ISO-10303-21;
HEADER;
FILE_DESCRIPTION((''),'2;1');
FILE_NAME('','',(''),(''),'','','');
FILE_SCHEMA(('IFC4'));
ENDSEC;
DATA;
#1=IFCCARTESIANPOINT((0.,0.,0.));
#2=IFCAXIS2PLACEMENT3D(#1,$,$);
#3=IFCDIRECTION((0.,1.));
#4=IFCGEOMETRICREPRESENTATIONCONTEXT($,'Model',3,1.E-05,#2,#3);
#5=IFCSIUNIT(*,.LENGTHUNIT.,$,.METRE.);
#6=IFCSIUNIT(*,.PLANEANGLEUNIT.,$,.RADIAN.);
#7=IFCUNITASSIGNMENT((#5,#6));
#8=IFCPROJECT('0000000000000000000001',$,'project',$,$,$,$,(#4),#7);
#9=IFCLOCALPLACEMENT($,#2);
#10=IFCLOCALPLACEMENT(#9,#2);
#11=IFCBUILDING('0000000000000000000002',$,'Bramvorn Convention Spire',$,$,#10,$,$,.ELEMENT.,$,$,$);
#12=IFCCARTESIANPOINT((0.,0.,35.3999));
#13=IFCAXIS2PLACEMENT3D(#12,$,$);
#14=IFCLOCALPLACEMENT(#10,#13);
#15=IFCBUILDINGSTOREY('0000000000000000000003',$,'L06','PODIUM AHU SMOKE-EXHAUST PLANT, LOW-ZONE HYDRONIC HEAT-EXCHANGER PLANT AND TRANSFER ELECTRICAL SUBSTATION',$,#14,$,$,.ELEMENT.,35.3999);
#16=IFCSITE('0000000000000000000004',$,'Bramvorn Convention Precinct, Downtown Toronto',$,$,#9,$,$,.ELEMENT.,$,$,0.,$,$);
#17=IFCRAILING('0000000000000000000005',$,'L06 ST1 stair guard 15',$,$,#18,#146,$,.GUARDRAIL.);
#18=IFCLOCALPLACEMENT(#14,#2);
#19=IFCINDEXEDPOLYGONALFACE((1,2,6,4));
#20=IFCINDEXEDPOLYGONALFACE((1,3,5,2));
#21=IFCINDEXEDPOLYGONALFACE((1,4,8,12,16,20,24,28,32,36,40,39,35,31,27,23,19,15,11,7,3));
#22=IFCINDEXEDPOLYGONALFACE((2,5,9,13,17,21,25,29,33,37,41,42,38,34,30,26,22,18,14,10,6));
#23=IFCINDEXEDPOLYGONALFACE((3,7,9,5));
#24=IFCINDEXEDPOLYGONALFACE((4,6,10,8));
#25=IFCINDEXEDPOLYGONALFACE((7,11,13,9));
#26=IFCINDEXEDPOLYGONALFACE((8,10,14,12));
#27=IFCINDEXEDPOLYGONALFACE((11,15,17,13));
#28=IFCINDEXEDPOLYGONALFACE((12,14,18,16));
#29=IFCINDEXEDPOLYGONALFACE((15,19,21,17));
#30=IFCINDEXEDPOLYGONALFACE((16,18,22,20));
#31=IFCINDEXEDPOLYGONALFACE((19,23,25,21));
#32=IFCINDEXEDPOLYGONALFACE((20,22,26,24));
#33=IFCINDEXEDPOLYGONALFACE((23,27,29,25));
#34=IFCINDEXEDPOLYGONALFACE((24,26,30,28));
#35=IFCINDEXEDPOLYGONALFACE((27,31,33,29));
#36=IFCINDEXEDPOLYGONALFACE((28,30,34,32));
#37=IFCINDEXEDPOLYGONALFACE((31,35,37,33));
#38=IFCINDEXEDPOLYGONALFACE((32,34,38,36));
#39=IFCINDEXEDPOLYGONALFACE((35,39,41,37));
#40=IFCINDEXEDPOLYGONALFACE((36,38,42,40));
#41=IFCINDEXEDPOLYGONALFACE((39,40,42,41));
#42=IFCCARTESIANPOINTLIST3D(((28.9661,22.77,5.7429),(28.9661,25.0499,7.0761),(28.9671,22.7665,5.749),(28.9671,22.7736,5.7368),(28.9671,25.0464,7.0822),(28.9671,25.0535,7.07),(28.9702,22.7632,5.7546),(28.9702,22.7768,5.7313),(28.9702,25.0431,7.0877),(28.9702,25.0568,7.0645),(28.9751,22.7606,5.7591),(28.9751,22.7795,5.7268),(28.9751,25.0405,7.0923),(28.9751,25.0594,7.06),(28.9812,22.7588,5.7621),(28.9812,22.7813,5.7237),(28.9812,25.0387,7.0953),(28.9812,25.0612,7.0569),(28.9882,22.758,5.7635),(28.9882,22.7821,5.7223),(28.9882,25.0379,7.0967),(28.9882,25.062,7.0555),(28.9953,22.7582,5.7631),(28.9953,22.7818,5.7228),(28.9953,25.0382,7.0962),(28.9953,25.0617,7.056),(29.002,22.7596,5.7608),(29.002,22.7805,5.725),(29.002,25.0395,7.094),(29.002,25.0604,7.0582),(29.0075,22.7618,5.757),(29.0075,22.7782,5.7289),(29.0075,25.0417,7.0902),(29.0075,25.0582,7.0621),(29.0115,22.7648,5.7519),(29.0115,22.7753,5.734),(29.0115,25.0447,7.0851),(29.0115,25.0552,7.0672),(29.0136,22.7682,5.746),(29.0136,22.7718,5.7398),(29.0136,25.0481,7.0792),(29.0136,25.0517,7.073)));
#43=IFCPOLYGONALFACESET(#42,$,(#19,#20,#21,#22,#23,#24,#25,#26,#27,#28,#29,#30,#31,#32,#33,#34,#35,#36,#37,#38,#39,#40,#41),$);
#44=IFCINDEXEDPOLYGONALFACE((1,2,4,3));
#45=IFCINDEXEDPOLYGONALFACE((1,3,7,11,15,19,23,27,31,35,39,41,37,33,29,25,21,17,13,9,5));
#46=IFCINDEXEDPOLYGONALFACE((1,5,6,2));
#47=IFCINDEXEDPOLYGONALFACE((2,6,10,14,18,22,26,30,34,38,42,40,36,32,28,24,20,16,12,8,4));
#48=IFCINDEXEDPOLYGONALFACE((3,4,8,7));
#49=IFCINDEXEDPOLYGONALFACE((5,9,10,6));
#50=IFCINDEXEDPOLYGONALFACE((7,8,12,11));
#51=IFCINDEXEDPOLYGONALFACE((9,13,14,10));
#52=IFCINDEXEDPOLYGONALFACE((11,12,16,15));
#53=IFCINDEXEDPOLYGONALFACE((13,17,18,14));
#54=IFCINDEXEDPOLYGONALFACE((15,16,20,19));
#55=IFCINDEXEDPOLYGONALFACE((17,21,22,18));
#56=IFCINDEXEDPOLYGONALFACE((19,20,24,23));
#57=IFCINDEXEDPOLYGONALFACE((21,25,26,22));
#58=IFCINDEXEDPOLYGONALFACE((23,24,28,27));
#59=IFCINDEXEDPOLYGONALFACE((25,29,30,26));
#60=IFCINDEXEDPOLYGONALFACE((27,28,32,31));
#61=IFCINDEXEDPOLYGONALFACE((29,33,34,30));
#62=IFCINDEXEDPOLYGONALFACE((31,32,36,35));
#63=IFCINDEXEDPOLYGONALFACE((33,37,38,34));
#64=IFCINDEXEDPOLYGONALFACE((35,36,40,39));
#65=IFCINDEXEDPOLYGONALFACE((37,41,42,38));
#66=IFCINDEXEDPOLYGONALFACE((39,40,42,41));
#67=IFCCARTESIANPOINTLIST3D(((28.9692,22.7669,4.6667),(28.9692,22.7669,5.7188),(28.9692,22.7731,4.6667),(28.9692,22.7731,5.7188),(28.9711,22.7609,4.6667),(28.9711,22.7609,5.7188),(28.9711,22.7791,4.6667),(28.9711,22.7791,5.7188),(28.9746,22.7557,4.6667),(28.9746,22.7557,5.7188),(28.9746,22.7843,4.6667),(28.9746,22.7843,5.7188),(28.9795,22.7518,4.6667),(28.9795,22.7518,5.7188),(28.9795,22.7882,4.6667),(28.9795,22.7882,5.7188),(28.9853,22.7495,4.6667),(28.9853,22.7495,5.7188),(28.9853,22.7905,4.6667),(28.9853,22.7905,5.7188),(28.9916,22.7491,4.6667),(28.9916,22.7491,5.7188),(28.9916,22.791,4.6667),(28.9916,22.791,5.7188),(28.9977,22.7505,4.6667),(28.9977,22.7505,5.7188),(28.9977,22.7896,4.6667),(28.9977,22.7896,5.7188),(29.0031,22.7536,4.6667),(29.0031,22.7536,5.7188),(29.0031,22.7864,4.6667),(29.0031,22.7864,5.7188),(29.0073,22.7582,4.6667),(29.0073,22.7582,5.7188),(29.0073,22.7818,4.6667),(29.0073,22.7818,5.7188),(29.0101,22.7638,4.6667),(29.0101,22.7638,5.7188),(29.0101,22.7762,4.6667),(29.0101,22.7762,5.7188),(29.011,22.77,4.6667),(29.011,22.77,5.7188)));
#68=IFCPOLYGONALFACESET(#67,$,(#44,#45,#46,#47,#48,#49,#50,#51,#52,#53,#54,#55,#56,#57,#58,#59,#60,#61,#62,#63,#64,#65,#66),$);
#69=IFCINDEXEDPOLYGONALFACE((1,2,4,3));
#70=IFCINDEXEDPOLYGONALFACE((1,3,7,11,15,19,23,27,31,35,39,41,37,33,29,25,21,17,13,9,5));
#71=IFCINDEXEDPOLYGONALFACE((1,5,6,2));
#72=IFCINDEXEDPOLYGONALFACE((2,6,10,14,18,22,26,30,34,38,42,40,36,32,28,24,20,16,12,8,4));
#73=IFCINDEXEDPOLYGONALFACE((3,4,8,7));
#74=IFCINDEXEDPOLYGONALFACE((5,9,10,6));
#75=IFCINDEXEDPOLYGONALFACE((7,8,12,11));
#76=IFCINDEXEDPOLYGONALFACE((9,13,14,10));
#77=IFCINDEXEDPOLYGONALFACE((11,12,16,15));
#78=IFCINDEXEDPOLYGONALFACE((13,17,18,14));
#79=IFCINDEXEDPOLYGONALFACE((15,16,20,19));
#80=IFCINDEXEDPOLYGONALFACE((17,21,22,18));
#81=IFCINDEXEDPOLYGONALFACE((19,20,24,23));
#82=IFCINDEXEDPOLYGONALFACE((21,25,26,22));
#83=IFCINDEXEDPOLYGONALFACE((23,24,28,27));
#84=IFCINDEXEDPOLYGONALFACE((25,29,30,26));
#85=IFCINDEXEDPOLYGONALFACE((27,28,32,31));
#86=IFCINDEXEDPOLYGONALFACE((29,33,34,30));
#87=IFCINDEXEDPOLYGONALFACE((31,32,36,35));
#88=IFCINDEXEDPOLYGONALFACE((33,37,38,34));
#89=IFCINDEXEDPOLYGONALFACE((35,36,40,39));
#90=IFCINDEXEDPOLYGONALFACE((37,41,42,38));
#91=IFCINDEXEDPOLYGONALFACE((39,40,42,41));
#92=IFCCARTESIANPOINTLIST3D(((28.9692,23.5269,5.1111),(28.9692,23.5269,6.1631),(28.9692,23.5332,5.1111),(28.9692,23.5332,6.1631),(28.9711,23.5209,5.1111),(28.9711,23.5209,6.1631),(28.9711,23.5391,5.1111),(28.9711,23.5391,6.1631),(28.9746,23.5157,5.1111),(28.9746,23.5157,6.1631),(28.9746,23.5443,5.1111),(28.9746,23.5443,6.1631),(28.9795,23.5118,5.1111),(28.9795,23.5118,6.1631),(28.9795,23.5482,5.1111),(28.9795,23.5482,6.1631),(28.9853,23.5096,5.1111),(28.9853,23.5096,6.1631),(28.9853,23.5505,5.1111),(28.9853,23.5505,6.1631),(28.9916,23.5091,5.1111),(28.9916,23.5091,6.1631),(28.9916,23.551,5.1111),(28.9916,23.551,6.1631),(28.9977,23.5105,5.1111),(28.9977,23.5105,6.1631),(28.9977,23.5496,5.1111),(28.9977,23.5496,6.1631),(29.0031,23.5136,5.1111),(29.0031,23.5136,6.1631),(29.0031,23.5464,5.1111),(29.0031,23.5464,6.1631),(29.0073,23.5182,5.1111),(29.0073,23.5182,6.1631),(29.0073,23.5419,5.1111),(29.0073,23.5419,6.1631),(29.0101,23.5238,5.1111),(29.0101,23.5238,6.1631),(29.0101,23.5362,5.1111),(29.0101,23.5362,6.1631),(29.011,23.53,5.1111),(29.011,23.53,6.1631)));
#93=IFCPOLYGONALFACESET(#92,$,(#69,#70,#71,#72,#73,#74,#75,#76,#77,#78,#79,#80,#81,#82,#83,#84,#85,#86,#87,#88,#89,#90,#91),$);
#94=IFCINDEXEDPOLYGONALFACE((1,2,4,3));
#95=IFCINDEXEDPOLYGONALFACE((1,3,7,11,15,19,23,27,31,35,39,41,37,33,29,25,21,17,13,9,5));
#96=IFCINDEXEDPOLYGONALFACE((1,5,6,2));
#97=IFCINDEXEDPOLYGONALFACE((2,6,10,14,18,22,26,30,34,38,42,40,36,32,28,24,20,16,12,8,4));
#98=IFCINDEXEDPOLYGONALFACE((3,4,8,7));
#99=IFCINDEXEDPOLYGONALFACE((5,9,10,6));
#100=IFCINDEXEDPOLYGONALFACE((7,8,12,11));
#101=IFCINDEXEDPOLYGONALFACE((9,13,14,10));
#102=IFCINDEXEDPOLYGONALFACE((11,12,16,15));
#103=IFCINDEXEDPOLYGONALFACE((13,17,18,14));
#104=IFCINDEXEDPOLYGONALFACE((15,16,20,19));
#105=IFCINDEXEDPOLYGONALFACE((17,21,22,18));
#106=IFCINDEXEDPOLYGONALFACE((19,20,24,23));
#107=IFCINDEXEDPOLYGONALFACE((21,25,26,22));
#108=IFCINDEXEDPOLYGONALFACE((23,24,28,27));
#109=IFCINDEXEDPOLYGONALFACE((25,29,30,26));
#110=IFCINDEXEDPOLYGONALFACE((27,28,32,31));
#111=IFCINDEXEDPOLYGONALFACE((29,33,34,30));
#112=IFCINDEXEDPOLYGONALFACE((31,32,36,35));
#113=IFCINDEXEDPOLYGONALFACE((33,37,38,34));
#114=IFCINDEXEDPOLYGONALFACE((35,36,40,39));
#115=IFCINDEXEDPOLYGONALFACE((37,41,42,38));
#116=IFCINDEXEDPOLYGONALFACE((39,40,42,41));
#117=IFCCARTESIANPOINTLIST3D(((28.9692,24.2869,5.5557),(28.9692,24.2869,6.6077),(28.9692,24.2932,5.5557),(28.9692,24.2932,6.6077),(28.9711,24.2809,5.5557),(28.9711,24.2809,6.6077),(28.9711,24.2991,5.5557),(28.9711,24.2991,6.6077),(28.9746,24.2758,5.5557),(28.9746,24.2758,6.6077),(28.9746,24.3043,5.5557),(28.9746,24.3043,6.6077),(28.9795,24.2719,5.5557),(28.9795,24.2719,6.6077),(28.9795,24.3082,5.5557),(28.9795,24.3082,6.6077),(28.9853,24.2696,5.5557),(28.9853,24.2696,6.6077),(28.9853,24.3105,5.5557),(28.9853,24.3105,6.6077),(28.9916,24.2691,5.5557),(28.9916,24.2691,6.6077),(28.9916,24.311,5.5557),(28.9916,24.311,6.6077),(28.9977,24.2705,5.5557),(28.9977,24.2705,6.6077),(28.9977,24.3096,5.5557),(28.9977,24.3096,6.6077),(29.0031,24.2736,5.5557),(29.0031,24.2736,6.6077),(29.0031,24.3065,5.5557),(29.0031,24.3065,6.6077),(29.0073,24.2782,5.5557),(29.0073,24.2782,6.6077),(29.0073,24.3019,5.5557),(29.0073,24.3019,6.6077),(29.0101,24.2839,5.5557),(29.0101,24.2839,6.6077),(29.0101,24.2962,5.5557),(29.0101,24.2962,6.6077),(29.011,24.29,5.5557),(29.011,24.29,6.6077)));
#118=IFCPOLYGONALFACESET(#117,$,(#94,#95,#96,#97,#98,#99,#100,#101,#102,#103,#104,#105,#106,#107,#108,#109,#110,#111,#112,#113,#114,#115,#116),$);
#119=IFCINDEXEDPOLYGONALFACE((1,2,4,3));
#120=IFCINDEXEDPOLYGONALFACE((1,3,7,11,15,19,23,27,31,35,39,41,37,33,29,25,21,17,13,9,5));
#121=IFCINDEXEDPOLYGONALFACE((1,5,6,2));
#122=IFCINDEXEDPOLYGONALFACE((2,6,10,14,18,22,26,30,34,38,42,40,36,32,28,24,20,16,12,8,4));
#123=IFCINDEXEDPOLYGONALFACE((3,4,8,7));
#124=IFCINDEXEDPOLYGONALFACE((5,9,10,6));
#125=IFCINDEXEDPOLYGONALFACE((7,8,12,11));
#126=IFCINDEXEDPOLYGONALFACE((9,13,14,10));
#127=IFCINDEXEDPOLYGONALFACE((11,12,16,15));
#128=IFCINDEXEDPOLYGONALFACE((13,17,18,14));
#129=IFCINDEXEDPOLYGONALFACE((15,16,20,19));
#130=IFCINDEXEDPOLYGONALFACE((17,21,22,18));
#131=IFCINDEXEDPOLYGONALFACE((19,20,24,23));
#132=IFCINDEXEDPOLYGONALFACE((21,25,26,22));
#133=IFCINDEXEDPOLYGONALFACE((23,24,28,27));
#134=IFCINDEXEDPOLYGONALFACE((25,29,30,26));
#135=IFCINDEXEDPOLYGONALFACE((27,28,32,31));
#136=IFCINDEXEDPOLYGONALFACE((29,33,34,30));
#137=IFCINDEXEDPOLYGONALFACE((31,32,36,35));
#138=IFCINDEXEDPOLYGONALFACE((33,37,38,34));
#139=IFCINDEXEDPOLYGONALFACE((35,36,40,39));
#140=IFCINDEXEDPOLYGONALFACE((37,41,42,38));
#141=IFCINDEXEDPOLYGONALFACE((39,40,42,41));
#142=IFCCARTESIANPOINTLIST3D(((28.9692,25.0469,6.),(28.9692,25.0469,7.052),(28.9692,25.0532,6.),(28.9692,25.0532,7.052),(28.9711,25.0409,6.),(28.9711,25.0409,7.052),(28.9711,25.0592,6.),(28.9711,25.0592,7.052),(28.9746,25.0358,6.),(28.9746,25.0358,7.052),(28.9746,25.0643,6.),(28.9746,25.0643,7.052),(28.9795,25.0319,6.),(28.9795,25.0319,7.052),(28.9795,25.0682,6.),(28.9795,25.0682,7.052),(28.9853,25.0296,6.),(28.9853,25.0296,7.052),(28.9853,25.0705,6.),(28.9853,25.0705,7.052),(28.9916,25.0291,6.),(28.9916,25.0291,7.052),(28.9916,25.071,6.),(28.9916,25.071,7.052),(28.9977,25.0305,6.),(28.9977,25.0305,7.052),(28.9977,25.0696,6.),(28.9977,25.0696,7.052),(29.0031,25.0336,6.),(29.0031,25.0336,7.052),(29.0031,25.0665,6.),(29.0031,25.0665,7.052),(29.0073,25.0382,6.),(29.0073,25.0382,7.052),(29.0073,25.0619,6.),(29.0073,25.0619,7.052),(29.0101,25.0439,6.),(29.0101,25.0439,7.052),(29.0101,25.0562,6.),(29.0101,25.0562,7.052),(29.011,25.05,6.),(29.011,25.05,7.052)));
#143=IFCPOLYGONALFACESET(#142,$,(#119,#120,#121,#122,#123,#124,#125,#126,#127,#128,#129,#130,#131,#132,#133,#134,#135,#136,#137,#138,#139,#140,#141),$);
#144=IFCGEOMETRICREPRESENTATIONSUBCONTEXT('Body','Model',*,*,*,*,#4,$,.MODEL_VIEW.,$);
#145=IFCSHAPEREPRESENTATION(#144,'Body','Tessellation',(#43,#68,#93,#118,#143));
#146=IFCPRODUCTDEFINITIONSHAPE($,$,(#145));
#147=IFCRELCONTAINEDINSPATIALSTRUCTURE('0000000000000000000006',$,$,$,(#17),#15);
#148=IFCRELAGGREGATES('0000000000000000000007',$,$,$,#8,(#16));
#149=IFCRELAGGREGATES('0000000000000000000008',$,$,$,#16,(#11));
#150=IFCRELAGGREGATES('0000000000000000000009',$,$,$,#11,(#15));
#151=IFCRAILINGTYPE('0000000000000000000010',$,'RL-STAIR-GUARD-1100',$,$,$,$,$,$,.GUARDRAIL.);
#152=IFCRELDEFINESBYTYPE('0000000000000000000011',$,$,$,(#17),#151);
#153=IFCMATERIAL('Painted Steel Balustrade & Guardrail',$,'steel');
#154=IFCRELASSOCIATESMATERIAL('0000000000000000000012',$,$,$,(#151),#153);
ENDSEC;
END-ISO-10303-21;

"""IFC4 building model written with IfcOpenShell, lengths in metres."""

from ifc_helpers import new_model, si_unit, direction, frame, origin, origin_2d, place, context, subcontext, project, spatial, circle, extrude, material, type_object, element, save


model = new_model("IFC4")

# Units and contexts
model_context = context("Model", 3, precision=1e-05, world=origin(), true_north=direction((0.0, 1.0)))
body_context = subcontext(model_context, "Body", "Model", "MODEL_VIEW")
ifc_project = project(units=[si_unit("LENGTHUNIT", "METRE"), si_unit("PLANEANGLEUNIT", "RADIAN")], contexts=[model_context])

# Site, building, storey
site_placement = place(None, origin())
site = spatial("IfcSite", under=ifc_project, at=site_placement, Name="Bramvorn Convention Precinct, Downtown Toronto", CompositionType="ELEMENT", RefElevation=0.0)
building_placement = place(site_placement, origin())
building = spatial("IfcBuilding", under=site, at=building_placement, Name="Bramvorn Convention Spire", CompositionType="ELEMENT")
storey_placement = place(building_placement, frame((0.0, 0.0, 35.3999)))
storey = spatial("IfcBuildingStorey", under=building, at=storey_placement, Name="L06", Description="PODIUM AHU SMOKE-EXHAUST PLANT, LOW-ZONE HYDRONIC HEAT-EXCHANGER PLANT AND TRANSFER ELECTRICAL SUBSTATION", CompositionType="ELEMENT", Elevation=35.3999)

# Railing
ifc_material_1 = material(Name="Painted Steel Balustrade & Guardrail", Category="steel")
railing_type_1 = type_object("IfcRailingType", Name="RL-STAIR-GUARD-1100", PredefinedType="GUARDRAIL", material=ifc_material_1)
railing_1_placement = place(storey_placement, frame((28.99, 22.77, 4.6667)))
element("IfcRailing", 1, at=railing_1_placement, inside=storey, type_object=railing_type_1, Name="L06 ST1 stair guard 15", PredefinedType="GUARDRAIL", context=body_context, shape_type="SweptSolid", body=[
    extrude(circle(Radius=0.0239, at=origin_2d()), frame((0.0, 0.0, 1.0762), z_axis=(0.0, 0.863245, 0.504785), x_axis=(-1.0, 0.0, 0.0)), (0.0, 0.0, 1.0), 2.6411),
    extrude(circle(Radius=0.021, at=origin_2d()), origin(), (0.0, 0.0, 1.0), 1.052),
    extrude(circle(Radius=0.021, at=origin_2d()), frame((0.0, 0.76, 0.4443)), (0.0, 0.0, 1.0), 1.052),
    extrude(circle(Radius=0.021, at=origin_2d()), frame((0.0, 1.52, 0.8889)), (0.0, 0.0, 1.0), 1.052),
    extrude(circle(Radius=0.021, at=origin_2d()), frame((0.0, 2.28, 1.3333)), (0.0, 0.0, 1.0), 1.052),
])

save(model, "model.ifc")
